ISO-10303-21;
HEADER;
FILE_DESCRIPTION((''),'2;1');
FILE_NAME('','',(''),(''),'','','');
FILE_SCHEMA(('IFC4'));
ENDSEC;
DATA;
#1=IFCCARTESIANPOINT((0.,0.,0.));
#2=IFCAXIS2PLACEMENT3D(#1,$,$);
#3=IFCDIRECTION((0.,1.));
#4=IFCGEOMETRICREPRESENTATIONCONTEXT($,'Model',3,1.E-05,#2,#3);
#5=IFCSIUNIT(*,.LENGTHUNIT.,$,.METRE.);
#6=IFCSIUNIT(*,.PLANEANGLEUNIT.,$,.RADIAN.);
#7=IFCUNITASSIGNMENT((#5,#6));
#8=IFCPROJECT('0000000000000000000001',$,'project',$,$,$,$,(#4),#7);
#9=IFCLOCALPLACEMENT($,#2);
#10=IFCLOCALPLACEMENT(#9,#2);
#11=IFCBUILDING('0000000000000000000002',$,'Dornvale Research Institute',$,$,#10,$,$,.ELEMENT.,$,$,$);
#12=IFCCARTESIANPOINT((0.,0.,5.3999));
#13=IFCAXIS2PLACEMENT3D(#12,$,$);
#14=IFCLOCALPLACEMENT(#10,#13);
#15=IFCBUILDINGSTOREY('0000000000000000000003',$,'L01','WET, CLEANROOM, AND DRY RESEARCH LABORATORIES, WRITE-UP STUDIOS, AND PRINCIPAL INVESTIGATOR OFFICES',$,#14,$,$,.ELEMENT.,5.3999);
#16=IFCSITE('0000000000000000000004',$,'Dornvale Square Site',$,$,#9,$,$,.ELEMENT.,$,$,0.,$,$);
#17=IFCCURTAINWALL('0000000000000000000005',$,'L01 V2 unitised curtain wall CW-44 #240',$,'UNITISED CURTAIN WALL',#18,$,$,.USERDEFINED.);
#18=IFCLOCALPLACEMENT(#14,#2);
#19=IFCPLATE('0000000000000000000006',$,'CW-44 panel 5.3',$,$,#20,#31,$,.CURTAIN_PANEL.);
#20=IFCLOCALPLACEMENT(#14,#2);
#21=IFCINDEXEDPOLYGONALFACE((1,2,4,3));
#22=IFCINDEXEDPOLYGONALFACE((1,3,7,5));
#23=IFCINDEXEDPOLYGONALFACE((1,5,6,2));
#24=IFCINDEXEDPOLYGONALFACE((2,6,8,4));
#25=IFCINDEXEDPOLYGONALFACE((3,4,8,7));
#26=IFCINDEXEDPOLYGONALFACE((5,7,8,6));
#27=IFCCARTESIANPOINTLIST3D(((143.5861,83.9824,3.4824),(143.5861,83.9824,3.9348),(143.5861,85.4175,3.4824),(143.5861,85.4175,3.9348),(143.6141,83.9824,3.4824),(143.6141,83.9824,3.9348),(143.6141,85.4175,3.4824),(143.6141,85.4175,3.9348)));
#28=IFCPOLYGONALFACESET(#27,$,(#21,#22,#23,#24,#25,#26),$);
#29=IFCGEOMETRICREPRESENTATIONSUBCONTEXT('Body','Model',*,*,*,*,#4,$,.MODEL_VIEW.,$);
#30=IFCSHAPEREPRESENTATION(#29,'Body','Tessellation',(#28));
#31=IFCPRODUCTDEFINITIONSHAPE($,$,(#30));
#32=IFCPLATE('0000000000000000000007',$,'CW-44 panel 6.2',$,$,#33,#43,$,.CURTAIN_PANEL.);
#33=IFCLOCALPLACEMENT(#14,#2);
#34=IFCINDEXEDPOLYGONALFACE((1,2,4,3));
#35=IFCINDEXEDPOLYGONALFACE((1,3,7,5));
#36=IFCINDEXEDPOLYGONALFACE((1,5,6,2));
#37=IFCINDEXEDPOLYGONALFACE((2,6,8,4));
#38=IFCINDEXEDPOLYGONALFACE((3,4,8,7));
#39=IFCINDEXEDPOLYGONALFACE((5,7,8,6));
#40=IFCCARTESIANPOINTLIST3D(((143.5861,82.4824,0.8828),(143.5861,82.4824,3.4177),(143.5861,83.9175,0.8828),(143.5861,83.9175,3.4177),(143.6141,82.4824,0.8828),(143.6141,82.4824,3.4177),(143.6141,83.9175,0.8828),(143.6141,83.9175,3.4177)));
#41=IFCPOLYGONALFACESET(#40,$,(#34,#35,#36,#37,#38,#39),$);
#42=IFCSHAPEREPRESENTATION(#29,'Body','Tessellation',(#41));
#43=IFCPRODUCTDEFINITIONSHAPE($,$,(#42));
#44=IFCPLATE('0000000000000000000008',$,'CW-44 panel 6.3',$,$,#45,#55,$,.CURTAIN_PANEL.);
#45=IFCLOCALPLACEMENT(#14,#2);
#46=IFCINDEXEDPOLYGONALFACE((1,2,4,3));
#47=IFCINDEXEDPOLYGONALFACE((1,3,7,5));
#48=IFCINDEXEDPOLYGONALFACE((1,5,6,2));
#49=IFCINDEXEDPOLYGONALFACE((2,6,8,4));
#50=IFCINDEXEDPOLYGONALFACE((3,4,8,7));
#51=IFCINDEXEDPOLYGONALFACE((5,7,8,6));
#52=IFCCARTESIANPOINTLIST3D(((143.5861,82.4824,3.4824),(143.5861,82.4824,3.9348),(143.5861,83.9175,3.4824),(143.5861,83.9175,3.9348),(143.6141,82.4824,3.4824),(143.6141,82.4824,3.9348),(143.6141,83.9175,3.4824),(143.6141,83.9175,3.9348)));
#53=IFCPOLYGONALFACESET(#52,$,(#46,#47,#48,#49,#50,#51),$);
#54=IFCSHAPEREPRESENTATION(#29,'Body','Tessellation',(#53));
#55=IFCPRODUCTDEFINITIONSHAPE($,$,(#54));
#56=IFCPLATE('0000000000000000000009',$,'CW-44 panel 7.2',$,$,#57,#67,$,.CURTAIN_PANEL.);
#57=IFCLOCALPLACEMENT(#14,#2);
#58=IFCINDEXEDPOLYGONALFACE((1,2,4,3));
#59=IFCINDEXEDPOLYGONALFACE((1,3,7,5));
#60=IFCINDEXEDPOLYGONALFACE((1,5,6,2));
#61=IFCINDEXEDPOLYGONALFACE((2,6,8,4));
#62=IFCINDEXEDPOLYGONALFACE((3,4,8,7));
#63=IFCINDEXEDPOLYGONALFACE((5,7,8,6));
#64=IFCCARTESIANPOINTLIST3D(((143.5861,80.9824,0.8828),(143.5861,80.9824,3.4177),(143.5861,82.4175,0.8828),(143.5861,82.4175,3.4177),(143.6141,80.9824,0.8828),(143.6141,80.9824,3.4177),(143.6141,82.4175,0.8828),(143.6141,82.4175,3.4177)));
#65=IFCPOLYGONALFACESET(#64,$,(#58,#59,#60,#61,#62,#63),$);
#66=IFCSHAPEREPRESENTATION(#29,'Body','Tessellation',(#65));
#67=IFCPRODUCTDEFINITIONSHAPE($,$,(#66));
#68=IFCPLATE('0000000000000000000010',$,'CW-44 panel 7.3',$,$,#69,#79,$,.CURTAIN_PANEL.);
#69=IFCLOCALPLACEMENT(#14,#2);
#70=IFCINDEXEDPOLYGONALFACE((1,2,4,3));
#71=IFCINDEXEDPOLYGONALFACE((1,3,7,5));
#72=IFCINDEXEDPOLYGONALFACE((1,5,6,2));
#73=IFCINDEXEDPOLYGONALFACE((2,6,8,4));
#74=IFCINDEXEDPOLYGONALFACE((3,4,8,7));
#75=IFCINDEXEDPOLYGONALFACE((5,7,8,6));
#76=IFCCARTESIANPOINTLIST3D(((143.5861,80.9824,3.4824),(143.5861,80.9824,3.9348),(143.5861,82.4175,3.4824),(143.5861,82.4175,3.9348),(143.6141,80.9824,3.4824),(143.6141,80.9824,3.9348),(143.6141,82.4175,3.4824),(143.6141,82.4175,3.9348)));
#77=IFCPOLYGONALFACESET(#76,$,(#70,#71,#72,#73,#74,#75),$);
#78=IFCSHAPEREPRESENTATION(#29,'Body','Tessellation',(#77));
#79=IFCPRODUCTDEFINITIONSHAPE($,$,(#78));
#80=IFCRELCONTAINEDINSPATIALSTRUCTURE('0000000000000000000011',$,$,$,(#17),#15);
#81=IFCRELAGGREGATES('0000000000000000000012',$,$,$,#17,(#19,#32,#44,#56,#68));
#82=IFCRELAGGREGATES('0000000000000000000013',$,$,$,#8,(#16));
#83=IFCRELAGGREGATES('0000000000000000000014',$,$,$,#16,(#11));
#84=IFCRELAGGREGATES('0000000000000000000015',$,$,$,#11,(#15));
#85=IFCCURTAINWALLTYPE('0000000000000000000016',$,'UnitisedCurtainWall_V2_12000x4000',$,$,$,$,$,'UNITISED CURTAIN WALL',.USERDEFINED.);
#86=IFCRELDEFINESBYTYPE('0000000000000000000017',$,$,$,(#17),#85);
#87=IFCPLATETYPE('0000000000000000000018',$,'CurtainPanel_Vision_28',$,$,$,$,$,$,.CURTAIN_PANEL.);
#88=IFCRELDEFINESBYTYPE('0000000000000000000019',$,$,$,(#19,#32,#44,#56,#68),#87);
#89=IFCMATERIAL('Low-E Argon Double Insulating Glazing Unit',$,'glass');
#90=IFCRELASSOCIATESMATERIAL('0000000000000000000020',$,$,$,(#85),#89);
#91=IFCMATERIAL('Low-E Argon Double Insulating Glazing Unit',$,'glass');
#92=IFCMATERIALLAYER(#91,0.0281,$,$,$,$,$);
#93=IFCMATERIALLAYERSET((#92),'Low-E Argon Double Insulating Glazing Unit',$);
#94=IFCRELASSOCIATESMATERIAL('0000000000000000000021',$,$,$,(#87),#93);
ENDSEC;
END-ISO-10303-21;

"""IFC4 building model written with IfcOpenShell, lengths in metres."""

from ifc_helpers import new_model, si_unit, direction, frame, origin, origin_2d, place, context, subcontext, project, spatial, rectangle, extrude, material, layer, layer_set, type_object, element, aggregate, save


model = new_model("IFC4")

# Units and contexts
model_context = context("Model", 3, precision=1e-05, world=origin(), true_north=direction((0.0, 1.0)))
body_context = subcontext(model_context, "Body", "Model", "MODEL_VIEW")
ifc_project = project(units=[si_unit("LENGTHUNIT", "METRE"), si_unit("PLANEANGLEUNIT", "RADIAN")], contexts=[model_context])

# Site, building, storey
site_placement = place(None, origin())
site = spatial("IfcSite", under=ifc_project, at=site_placement, Name="Dornvale Square Site", CompositionType="ELEMENT", RefElevation=0.0)
building_placement = place(site_placement, origin())
building = spatial("IfcBuilding", under=site, at=building_placement, Name="Dornvale Research Institute", CompositionType="ELEMENT")
storey_placement = place(building_placement, frame((0.0, 0.0, 5.3999)))
storey = spatial("IfcBuildingStorey", under=building, at=storey_placement, Name="L01", Description="WET, CLEANROOM, AND DRY RESEARCH LABORATORIES, WRITE-UP STUDIOS, AND PRINCIPAL INVESTIGATOR OFFICES", CompositionType="ELEMENT", Elevation=5.3999)

# Curtain wall, plates
ifc_material_1 = material(Name="Low-E Argon Double Insulating Glazing Unit", Category="glass")
curtain_wall_type = type_object("IfcCurtainWallType", Name="UnitisedCurtainWall_V2_12000x4000", ElementType="UNITISED CURTAIN WALL", PredefinedType="USERDEFINED", material=ifc_material_1)
curtain_wall_placement = place(storey_placement, origin())
curtain_wall = element("IfcCurtainWall", 1, at=curtain_wall_placement, inside=storey, type_object=curtain_wall_type, Name="L01 V2 unitised curtain wall CW-44 #240", ObjectType="UNITISED CURTAIN WALL", PredefinedType="USERDEFINED")
ifc_material_2 = material(Name="Low-E Argon Double Insulating Glazing Unit", Category="glass")
ifc_layer_1 = layer(ifc_material_2, 0.0281)
ifc_layer_set_1 = layer_set([ifc_layer_1], Name="Low-E Argon Double Insulating Glazing Unit")
plate_type_1 = type_object("IfcPlateType", Name="CurtainPanel_Vision_28", PredefinedType="CURTAIN_PANEL", material=ifc_layer_set_1)
plate_1_placement = place(storey_placement, frame((143.6001, 84.7, 3.4824), z_axis=(0.0, 0.0, 1.0), x_axis=(0.0, -1.0, 0.0)))
plate_1 = element("IfcPlate", 2, at=plate_1_placement, type_object=plate_type_1, Name="CW-44 panel 5.3", PredefinedType="CURTAIN_PANEL", context=body_context, shape_type="SweptSolid", body=[
    extrude(rectangle(XDim=1.4351, YDim=0.0281, at=origin_2d()), origin(), (0.0, 0.0, 1.0), 0.4524),
])
plate_2_placement = place(storey_placement, frame((143.6001, 83.2, 0.8828), z_axis=(0.0, 0.0, 1.0), x_axis=(0.0, -1.0, 0.0)))
plate_2 = element("IfcPlate", 3, at=plate_2_placement, type_object=plate_type_1, Name="CW-44 panel 6.2", PredefinedType="CURTAIN_PANEL", context=body_context, shape_type="SweptSolid", body=[
    extrude(rectangle(XDim=1.4351, YDim=0.0281, at=origin_2d()), origin(), (0.0, 0.0, 1.0), 2.5349),
])
plate_3_placement = place(storey_placement, frame((143.6001, 83.2, 3.4824), z_axis=(0.0, 0.0, 1.0), x_axis=(0.0, -1.0, 0.0)))
plate_3 = element("IfcPlate", 4, at=plate_3_placement, type_object=plate_type_1, Name="CW-44 panel 6.3", PredefinedType="CURTAIN_PANEL", context=body_context, shape_type="SweptSolid", body=[
    extrude(rectangle(XDim=1.4351, YDim=0.0281, at=origin_2d()), origin(), (0.0, 0.0, 1.0), 0.4524),
])
plate_4_placement = place(storey_placement, frame((143.6001, 81.7, 0.8828), z_axis=(0.0, 0.0, 1.0), x_axis=(0.0, -1.0, 0.0)))
plate_4 = element("IfcPlate", 5, at=plate_4_placement, type_object=plate_type_1, Name="CW-44 panel 7.2", PredefinedType="CURTAIN_PANEL", context=body_context, shape_type="SweptSolid", body=[
    extrude(rectangle(XDim=1.4351, YDim=0.0281, at=origin_2d()), origin(), (0.0, 0.0, 1.0), 2.5349),
])
plate_5_placement = place(storey_placement, frame((143.6001, 81.7, 3.4824), z_axis=(0.0, 0.0, 1.0), x_axis=(0.0, -1.0, 0.0)))
plate_5 = element("IfcPlate", 6, at=plate_5_placement, type_object=plate_type_1, Name="CW-44 panel 7.3", PredefinedType="CURTAIN_PANEL", context=body_context, shape_type="SweptSolid", body=[
    extrude(rectangle(XDim=1.4351, YDim=0.0281, at=origin_2d()), origin(), (0.0, 0.0, 1.0), 0.4524),
])
aggregate(curtain_wall, [plate_1, plate_2, plate_3, plate_4, plate_5])

save(model, "model.ifc")
